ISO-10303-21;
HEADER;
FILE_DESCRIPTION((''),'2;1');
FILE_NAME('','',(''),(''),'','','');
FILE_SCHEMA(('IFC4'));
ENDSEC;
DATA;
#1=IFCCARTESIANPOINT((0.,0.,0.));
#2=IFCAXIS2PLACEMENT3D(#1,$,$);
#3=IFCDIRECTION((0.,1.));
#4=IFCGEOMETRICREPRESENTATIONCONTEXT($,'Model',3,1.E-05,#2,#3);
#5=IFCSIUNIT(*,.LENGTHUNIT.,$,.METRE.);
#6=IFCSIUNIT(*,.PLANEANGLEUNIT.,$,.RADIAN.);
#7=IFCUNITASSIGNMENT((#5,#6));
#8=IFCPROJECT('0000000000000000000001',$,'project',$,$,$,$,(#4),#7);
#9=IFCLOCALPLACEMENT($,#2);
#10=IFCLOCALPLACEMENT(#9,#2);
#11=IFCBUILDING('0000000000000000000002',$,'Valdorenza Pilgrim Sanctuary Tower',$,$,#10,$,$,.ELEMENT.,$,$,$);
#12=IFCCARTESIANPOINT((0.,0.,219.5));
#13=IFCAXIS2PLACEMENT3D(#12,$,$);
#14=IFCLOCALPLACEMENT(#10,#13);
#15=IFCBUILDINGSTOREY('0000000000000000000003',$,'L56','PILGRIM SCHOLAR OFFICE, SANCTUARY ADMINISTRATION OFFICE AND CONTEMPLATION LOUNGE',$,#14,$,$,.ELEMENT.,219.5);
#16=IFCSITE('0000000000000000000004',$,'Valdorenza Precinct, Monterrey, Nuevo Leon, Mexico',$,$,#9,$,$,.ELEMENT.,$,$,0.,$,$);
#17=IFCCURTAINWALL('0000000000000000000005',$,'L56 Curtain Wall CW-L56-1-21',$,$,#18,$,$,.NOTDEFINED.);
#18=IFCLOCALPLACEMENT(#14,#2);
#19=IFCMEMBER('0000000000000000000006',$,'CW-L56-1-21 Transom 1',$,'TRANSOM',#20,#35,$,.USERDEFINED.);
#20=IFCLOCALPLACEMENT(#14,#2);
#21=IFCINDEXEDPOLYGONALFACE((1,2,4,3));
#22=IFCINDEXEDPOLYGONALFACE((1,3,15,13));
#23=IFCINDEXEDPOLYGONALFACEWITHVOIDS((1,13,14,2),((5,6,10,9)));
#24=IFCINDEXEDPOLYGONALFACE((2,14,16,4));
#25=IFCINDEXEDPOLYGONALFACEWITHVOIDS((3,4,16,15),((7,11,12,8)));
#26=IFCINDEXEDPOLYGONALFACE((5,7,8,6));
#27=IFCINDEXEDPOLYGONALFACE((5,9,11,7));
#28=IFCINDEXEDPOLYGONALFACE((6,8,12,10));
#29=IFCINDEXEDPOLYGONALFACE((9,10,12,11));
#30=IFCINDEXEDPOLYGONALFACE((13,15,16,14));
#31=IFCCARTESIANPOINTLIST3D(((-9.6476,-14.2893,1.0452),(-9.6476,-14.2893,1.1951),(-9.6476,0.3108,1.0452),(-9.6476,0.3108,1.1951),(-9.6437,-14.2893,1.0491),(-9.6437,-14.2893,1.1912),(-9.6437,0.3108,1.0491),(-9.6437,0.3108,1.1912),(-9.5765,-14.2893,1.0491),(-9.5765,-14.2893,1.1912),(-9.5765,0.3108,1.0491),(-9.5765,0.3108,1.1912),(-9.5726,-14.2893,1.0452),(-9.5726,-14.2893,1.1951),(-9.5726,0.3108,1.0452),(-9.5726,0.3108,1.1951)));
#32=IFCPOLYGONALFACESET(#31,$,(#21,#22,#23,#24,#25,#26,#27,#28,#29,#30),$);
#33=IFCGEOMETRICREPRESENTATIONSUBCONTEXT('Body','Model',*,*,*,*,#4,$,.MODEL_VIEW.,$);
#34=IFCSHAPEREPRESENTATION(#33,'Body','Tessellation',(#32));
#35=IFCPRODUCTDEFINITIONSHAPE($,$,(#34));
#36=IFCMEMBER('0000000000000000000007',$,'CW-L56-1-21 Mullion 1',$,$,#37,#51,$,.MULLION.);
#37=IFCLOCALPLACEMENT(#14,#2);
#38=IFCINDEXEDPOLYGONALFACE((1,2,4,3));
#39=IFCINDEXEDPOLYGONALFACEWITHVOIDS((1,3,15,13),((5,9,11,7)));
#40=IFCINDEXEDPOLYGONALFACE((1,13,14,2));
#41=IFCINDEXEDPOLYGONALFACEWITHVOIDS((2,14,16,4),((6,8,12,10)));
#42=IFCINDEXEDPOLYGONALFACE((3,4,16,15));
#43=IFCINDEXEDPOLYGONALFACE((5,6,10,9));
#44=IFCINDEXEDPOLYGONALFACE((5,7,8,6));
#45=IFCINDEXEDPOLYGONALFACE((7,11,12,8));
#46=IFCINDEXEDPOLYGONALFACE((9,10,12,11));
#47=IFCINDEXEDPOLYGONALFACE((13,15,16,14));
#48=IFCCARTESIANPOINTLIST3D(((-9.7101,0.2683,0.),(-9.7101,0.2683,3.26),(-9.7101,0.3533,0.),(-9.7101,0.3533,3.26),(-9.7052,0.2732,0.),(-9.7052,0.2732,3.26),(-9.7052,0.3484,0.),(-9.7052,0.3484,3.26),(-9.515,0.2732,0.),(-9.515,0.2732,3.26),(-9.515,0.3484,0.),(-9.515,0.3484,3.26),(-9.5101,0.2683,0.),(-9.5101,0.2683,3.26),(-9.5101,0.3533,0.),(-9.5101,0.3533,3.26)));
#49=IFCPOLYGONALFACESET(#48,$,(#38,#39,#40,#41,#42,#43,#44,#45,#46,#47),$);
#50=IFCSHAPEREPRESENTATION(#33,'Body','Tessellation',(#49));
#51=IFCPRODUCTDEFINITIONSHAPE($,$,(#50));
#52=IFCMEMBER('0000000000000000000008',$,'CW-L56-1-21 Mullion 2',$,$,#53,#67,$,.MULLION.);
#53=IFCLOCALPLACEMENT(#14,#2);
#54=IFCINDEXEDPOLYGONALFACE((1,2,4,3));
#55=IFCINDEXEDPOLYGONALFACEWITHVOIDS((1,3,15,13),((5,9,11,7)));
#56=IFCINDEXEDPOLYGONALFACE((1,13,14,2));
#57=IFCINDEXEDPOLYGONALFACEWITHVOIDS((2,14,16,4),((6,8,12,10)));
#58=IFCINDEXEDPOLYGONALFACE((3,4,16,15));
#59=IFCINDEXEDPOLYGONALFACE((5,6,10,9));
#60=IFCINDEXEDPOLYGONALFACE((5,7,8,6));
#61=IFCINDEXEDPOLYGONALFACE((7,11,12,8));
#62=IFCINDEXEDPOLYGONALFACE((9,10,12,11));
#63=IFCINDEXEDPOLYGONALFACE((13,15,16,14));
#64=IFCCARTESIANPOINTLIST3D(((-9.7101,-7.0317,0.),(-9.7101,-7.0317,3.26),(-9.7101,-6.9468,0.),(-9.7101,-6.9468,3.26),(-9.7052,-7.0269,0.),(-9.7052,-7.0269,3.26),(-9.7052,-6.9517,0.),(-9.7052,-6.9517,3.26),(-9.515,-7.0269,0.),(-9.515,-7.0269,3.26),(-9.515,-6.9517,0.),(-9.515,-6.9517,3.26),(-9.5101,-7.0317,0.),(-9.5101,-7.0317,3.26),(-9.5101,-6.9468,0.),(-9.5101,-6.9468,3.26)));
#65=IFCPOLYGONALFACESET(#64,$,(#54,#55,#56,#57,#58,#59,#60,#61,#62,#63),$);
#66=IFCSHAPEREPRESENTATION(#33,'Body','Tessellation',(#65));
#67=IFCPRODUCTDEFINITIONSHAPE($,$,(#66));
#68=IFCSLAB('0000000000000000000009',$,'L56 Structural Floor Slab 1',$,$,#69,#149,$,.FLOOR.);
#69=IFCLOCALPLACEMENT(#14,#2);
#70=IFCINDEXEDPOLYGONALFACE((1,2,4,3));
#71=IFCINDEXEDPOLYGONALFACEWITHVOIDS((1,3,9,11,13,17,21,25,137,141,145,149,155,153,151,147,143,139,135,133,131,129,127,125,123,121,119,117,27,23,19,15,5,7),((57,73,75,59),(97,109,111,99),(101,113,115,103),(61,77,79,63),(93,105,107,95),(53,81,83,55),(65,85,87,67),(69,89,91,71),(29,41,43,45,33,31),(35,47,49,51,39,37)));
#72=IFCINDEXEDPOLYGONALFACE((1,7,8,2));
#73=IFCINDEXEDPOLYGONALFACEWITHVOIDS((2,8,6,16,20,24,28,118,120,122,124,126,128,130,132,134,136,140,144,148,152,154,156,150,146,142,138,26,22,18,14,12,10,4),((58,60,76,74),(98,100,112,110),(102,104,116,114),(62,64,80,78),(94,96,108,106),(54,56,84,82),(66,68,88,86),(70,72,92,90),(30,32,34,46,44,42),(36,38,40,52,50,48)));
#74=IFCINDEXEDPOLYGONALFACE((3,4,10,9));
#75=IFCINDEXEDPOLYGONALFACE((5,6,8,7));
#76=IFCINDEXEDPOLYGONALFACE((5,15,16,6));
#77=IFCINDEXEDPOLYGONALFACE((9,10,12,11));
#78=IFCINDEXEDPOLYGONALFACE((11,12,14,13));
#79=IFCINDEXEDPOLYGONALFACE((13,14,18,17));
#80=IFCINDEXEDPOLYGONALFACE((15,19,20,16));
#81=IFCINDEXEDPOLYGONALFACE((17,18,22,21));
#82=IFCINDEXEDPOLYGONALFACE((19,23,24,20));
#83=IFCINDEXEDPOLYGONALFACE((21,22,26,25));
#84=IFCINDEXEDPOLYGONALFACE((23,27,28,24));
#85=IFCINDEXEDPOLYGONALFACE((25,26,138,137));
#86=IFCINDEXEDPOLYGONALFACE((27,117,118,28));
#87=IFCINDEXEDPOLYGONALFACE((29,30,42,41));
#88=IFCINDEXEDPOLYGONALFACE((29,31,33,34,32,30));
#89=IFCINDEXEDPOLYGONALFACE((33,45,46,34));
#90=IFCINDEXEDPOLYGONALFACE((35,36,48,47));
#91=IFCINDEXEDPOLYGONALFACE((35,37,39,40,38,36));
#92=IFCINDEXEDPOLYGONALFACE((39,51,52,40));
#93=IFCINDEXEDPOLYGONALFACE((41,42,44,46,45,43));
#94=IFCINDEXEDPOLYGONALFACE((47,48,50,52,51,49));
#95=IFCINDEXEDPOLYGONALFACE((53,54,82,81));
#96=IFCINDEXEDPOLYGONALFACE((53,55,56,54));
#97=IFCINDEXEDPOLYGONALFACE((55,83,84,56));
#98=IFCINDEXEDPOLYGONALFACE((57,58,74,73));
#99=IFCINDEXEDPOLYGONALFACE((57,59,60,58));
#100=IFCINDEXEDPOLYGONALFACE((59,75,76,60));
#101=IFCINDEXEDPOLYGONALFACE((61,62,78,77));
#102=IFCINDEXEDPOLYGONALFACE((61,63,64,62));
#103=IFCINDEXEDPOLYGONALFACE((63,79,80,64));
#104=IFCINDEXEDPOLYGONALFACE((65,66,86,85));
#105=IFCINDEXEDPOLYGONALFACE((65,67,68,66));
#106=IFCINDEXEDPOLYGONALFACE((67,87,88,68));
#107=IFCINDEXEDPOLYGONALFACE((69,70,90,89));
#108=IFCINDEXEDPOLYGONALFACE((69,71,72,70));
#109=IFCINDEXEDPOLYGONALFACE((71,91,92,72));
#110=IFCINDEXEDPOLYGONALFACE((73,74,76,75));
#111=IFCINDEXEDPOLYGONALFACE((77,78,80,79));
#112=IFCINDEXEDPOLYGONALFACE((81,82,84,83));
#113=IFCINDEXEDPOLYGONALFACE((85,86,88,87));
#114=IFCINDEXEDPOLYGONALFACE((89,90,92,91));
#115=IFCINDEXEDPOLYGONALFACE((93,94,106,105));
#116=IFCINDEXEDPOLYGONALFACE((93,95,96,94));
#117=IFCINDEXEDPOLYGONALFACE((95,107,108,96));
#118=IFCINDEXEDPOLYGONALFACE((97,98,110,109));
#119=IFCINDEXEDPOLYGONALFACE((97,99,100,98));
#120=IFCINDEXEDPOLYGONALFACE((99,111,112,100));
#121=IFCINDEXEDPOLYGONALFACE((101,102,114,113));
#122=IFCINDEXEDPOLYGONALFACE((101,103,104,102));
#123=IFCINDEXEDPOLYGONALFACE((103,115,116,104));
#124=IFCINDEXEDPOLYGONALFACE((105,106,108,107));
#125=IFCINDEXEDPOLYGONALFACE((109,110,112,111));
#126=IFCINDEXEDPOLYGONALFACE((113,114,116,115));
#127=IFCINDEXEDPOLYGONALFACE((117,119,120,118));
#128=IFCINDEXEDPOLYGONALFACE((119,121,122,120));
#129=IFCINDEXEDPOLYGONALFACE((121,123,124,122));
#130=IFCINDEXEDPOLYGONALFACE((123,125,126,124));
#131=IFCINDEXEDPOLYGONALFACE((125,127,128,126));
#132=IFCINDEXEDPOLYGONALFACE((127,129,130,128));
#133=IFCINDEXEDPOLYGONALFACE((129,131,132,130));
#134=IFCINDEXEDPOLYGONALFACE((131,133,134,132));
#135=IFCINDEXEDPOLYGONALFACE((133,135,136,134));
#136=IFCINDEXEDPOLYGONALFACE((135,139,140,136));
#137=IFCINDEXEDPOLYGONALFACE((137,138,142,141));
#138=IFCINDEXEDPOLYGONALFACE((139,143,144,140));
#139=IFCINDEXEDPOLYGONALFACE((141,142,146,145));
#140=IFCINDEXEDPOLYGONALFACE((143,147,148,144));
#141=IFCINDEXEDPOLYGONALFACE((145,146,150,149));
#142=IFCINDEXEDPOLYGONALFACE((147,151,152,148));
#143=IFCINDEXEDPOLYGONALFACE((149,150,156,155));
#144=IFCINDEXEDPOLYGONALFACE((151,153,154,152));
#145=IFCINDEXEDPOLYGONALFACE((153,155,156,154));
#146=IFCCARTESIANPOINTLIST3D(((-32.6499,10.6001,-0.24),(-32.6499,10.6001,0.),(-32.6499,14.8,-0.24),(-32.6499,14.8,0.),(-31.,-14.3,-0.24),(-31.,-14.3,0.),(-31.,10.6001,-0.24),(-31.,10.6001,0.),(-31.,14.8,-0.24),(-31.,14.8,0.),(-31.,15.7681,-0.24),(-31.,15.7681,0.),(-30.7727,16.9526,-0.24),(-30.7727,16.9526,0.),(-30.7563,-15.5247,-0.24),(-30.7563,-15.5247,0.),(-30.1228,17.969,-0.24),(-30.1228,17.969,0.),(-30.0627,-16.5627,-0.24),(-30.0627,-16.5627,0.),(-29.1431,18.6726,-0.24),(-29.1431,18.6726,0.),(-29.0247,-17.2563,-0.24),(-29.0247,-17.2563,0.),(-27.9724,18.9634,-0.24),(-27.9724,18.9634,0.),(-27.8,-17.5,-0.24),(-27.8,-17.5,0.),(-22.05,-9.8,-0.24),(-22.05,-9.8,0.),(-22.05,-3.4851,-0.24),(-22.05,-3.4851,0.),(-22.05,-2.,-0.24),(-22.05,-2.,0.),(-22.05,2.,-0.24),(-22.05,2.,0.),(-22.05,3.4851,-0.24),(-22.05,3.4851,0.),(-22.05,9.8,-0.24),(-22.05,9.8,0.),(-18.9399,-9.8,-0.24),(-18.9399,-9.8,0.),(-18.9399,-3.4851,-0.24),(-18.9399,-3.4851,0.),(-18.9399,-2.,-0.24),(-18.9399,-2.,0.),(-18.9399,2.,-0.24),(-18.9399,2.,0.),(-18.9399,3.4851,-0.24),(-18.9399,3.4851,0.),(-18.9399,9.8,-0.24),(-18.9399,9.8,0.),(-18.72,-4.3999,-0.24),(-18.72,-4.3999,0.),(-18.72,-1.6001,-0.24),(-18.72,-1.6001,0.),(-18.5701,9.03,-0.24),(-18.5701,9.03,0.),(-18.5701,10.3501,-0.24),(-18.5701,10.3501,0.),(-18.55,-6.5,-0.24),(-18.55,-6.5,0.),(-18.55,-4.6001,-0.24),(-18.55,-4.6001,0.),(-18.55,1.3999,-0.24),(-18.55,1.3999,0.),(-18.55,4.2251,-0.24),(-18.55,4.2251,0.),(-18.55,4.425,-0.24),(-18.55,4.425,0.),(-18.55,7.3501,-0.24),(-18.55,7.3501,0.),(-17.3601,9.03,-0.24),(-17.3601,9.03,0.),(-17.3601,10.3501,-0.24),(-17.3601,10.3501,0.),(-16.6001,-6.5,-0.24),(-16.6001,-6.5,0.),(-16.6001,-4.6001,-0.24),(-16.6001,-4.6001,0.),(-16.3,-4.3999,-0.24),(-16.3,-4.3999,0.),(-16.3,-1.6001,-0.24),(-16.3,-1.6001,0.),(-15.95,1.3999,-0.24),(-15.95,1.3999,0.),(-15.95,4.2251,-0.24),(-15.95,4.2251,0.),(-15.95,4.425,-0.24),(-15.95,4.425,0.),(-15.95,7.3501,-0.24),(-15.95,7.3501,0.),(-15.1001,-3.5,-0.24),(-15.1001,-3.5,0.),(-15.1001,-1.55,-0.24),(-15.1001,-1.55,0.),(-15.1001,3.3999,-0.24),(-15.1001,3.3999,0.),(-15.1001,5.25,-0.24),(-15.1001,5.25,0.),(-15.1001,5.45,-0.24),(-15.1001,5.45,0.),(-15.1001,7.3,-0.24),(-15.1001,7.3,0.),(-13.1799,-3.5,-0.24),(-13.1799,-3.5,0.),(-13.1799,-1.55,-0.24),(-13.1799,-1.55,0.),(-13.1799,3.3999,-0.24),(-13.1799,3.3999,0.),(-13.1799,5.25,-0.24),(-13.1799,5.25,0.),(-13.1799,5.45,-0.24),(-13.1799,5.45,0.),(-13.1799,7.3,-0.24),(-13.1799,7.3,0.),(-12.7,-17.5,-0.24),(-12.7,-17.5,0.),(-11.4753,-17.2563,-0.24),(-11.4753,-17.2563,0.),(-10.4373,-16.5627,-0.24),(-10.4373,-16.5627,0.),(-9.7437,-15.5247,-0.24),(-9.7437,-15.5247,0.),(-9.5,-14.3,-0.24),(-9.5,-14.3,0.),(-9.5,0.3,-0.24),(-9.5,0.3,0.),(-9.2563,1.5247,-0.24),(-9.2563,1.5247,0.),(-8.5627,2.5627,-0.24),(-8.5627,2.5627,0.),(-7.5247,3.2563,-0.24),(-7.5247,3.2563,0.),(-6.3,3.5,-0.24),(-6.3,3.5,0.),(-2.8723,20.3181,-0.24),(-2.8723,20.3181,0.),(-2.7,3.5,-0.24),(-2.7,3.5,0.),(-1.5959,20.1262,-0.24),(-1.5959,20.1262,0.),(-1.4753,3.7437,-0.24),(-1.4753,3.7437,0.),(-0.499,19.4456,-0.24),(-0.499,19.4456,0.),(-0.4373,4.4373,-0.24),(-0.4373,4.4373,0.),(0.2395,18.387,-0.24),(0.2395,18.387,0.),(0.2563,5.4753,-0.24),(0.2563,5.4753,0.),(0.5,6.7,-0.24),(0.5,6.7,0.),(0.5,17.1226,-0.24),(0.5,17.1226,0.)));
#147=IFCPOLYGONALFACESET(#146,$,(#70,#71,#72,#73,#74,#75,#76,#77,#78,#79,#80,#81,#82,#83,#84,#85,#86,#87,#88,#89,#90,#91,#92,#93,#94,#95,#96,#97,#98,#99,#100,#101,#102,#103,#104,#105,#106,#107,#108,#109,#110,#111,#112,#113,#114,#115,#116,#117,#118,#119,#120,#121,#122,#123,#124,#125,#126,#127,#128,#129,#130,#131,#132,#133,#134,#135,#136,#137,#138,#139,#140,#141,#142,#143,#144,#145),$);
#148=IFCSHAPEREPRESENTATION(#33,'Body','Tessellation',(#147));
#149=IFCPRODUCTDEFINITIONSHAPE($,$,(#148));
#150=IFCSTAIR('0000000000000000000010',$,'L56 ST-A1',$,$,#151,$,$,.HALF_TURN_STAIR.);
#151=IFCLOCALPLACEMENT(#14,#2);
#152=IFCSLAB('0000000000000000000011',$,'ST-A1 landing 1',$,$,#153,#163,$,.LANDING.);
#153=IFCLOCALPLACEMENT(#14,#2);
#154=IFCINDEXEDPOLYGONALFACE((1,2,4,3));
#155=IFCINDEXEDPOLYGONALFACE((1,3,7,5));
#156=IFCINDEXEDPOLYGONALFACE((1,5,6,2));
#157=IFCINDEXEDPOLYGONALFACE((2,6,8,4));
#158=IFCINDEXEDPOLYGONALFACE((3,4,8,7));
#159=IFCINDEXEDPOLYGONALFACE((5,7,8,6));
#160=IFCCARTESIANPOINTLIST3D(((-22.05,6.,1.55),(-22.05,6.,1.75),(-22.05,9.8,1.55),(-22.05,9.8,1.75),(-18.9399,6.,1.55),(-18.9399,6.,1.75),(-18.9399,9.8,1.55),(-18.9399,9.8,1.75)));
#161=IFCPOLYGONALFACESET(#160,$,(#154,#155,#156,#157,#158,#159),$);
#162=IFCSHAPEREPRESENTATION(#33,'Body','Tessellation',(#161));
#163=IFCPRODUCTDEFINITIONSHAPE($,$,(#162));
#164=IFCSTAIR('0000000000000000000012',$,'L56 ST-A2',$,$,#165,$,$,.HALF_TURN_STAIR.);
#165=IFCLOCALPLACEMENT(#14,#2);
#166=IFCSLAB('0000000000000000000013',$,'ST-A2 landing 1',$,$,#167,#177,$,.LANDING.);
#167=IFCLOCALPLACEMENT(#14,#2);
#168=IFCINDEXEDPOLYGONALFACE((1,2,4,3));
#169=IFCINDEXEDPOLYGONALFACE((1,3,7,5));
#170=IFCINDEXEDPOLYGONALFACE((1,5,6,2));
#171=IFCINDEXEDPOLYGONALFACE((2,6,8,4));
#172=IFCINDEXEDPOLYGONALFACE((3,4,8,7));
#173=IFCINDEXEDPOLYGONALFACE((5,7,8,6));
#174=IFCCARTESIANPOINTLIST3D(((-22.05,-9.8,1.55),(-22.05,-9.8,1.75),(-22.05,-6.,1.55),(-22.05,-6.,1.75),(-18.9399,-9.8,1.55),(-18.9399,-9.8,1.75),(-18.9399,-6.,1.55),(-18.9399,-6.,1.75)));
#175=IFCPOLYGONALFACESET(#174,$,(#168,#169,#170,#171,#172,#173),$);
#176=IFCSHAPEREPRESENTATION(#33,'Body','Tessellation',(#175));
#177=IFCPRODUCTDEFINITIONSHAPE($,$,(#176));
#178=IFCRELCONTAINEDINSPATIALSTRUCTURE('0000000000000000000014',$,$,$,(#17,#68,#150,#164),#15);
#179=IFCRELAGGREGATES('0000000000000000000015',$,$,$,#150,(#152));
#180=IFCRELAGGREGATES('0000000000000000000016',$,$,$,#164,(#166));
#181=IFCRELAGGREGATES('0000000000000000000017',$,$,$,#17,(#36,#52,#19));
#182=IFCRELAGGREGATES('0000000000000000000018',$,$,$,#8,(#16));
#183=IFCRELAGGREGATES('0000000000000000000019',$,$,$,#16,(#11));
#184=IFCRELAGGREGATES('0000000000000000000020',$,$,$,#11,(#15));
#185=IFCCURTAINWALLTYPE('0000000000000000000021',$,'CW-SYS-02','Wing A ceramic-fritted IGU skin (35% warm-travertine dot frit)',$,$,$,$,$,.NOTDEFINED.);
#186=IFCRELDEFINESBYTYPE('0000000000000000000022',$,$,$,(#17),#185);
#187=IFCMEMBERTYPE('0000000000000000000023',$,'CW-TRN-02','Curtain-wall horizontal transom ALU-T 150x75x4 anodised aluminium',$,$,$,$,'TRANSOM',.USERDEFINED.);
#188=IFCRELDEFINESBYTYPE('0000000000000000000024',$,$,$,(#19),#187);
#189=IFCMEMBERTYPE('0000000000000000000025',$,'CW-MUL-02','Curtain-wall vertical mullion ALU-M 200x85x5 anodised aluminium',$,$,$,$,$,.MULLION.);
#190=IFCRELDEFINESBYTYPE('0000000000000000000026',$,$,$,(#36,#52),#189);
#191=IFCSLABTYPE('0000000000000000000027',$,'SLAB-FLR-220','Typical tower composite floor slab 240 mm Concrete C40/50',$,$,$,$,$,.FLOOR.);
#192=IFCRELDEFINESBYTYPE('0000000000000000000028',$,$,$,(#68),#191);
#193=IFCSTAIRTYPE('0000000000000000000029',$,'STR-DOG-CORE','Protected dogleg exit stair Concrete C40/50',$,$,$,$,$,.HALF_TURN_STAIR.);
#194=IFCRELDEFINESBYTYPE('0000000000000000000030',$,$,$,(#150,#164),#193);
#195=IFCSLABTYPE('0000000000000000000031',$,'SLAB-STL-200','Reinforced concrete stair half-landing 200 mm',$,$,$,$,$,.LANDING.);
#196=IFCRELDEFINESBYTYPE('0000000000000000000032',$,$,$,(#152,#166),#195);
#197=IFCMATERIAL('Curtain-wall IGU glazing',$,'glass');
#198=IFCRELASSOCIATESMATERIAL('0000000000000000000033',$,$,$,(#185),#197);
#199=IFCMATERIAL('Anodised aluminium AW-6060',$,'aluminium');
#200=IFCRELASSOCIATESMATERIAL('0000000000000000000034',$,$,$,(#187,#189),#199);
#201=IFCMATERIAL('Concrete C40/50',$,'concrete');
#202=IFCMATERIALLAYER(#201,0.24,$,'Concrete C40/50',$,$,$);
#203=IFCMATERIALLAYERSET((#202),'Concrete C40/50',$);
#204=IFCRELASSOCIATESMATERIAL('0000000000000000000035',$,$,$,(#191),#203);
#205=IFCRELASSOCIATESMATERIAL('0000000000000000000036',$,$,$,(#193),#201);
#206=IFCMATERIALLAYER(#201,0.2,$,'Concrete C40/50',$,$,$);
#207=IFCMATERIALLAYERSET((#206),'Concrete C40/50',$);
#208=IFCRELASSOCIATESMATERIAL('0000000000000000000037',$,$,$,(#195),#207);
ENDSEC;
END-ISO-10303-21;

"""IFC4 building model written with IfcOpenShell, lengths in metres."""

from ifc_helpers import new_model, si_unit, direction, frame, origin, origin_2d, place, context, subcontext, project, spatial, polyline, hollow_rectangle, outline, extrude, source, transform, mapped, material, layer, layer_set, material_profile, profile_set, type_object, element, aggregate, save


model = new_model("IFC4")

# Units and contexts
model_context = context("Model", 3, precision=1e-05, world=origin(), true_north=direction((0.0, 1.0)))
body_context = subcontext(model_context, "Body", "Model", "MODEL_VIEW")
ifc_project = project(units=[si_unit("LENGTHUNIT", "METRE"), si_unit("PLANEANGLEUNIT", "RADIAN")], contexts=[model_context])

# Site, building, storey
site_placement = place(None, origin())
site = spatial("IfcSite", under=ifc_project, at=site_placement, Name="Valdorenza Precinct, Monterrey, Nuevo Leon, Mexico", CompositionType="ELEMENT", RefElevation=0.0)
building_placement = place(site_placement, origin())
building = spatial("IfcBuilding", under=site, at=building_placement, Name="Valdorenza Pilgrim Sanctuary Tower", CompositionType="ELEMENT")
storey_placement = place(building_placement, frame((0.0, 0.0, 219.5)))
storey = spatial("IfcBuildingStorey", under=building, at=storey_placement, Name="L56", Description="PILGRIM SCHOLAR OFFICE, SANCTUARY ADMINISTRATION OFFICE AND CONTEMPLATION LOUNGE", CompositionType="ELEMENT", Elevation=219.5)

# Curtain wall, members
ifc_material_1 = material(Name="Curtain-wall IGU glazing", Category="glass")
curtain_wall_type = type_object("IfcCurtainWallType", Name="CW-SYS-02", Description="Wing A ceramic-fritted IGU skin (35% warm-travertine dot frit)", PredefinedType="NOTDEFINED", material=ifc_material_1)
curtain_wall_placement = place(storey_placement, origin())
curtain_wall = element("IfcCurtainWall", 1, at=curtain_wall_placement, inside=storey, type_object=curtain_wall_type, Name="L56 Curtain Wall CW-L56-1-21", PredefinedType="NOTDEFINED")
ifc_material_2 = material(Name="Anodised aluminium AW-6060", Category="aluminium")
ifc_material_profile_1 = material_profile(ifc_material_2, hollow_rectangle(XDim=0.075, YDim=0.1499, WallThickness=0.0039, at=origin_2d()), Name="ALU-T 150x75x4")
ifc_profile_set_1 = profile_set([ifc_material_profile_1], Name="Anodised aluminium AW-6060")
member_type_1 = type_object("IfcMemberType", Name="CW-TRN-02", Description="Curtain-wall horizontal transom ALU-T 150x75x4 anodised aluminium", ElementType="TRANSOM", PredefinedType="USERDEFINED", material=ifc_profile_set_1)
shared_shape_1 = source(origin(), body_context, "Body", "SweptSolid", [
    extrude(hollow_rectangle(XDim=0.075, YDim=0.1499, WallThickness=0.0039, at=origin_2d()), origin(), (0.0, 0.0, 1.0), 14.6001),
])
member_1_placement = place(storey_placement, frame((-9.6101, 0.3108, 1.1201), z_axis=(0.0, -1.0, 0.0), x_axis=(1.0, 0.0, 0.0)))
member_1 = element("IfcMember", 2, at=member_1_placement, type_object=member_type_1, Name="CW-L56-1-21 Transom 1", ObjectType="TRANSOM", PredefinedType="USERDEFINED", context=body_context, shape_type="MappedRepresentation", body=[
    mapped(shared_shape_1, transform((0.0, 0.0, 0.0), x_axis=(1.0, 0.0, 0.0), y_axis=(0.0, 1.0, 0.0), z_axis=(0.0, 0.0, 1.0), scale=1.0)),
])
ifc_material_profile_2 = material_profile(ifc_material_2, hollow_rectangle(XDim=0.085, YDim=0.2, WallThickness=0.0049, at=origin_2d()), Name="ALU-M 200x85x5")
ifc_profile_set_2 = profile_set([ifc_material_profile_2], Name="Anodised aluminium AW-6060")
member_type_2 = type_object("IfcMemberType", Name="CW-MUL-02", Description="Curtain-wall vertical mullion ALU-M 200x85x5 anodised aluminium", PredefinedType="MULLION", material=ifc_profile_set_2)
shared_shape_2 = source(origin(), body_context, "Body", "SweptSolid", [
    extrude(hollow_rectangle(XDim=0.085, YDim=0.2, WallThickness=0.0049, at=origin_2d()), origin(), (0.0, 0.0, 1.0), 3.26),
])
member_2_placement = place(storey_placement, frame((-9.6101, 0.3108, 0.0), z_axis=(0.0, 0.0, 1.0), x_axis=(0.0, -1.0, 0.0)))
member_2 = element("IfcMember", 3, at=member_2_placement, type_object=member_type_2, Name="CW-L56-1-21 Mullion 1", PredefinedType="MULLION", context=body_context, shape_type="MappedRepresentation", body=[
    mapped(shared_shape_2, transform((0.0, 0.0, 0.0), x_axis=(1.0, 0.0, 0.0), y_axis=(0.0, 1.0, 0.0), z_axis=(0.0, 0.0, 1.0), scale=1.0)),
])
member_3_placement = place(storey_placement, frame((-9.6101, -6.9893, 0.0), z_axis=(0.0, 0.0, 1.0), x_axis=(0.0, -1.0, 0.0)))
member_3 = element("IfcMember", 4, at=member_3_placement, type_object=member_type_2, Name="CW-L56-1-21 Mullion 2", PredefinedType="MULLION", context=body_context, shape_type="MappedRepresentation", body=[
    mapped(shared_shape_2, transform((0.0, 0.0, 0.0), x_axis=(1.0, 0.0, 0.0), y_axis=(0.0, 1.0, 0.0), z_axis=(0.0, 0.0, 1.0), scale=1.0)),
])

# Slab
ifc_material_3 = material(Name="Concrete C40/50", Category="concrete")
ifc_layer_1 = layer(ifc_material_3, 0.24, Name="Concrete C40/50")
ifc_layer_set_1 = layer_set([ifc_layer_1], Name="Concrete C40/50")
slab_type_1 = type_object("IfcSlabType", Name="SLAB-FLR-220", Description="Typical tower composite floor slab 240 mm Concrete C40/50", PredefinedType="FLOOR", material=ifc_layer_set_1)
slab_1_placement = place(storey_placement, frame((0.0, 0.0, -0.24)))
element("IfcSlab", 5, at=slab_1_placement, inside=storey, type_object=slab_type_1, Name="L56 Structural Floor Slab 1", PredefinedType="FLOOR", context=body_context, shape_type="SweptSolid", body=[
    extrude(outline(polyline([(-30.7727, 16.9526), (-30.1228, 17.969), (-29.1431, 18.6726), (-27.9724, 18.9634), (-2.8723, 20.3181), (-1.5959, 20.1262), (-0.499, 19.4456), (0.2395, 18.387), (0.5, 17.1226), (0.5, 6.7), (0.2563, 5.4753), (-0.4373, 4.4373), (-1.4753, 3.7437), (-2.7, 3.5), (-6.3, 3.5), (-7.5247, 3.2563), (-8.5627, 2.5627), (-9.2563, 1.5247), (-9.5, 0.3), (-9.5, -14.3), (-9.7437, -15.5247), (-10.4373, -16.5627), (-11.4753, -17.2563), (-12.7, -17.5), (-27.8, -17.5), (-29.0247, -17.2563), (-30.0627, -16.5627), (-30.7563, -15.5247), (-31.0, -14.3), (-31.0, 10.6001), (-32.6499, 10.6001), (-32.6499, 14.8), (-31.0, 14.8), (-31.0, 15.7681), (-30.7727, 16.9526)]), holes=[polyline([(-22.05, -9.8), (-18.9399, -9.8), (-18.9399, -3.4851), (-18.9399, -2.0), (-22.05, -2.0), (-22.05, -3.4851), (-22.05, -9.8)]), polyline([(-16.6001, -6.5), (-16.6001, -4.6001), (-18.55, -4.6001), (-18.55, -6.5), (-16.6001, -6.5)]), polyline([(-22.05, 2.0), (-18.9399, 2.0), (-18.9399, 3.4851), (-18.9399, 9.8), (-22.05, 9.8), (-22.05, 3.4851), (-22.05, 2.0)]), polyline([(-17.3601, 9.03), (-17.3601, 10.3501), (-18.5701, 10.3501), (-18.5701, 9.03), (-17.3601, 9.03)]), polyline([(-16.3, -1.6001), (-18.72, -1.6001), (-18.72, -4.3999), (-16.3, -4.3999), (-16.3, -1.6001)]), polyline([(-13.1799, -3.5), (-13.1799, -1.55), (-15.1001, -1.55), (-15.1001, -3.5), (-13.1799, -3.5)]), polyline([(-15.95, 1.3999), (-15.95, 4.2251), (-18.55, 4.2251), (-18.55, 1.3999), (-15.95, 1.3999)]), polyline([(-13.1799, 5.25), (-15.1001, 5.25), (-15.1001, 3.3999), (-13.1799, 3.3999), (-13.1799, 5.25)]), polyline([(-15.95, 4.425), (-15.95, 7.3501), (-18.55, 7.3501), (-18.55, 4.425), (-15.95, 4.425)]), polyline([(-13.1799, 5.45), (-13.1799, 7.3), (-15.1001, 7.3), (-15.1001, 5.45), (-13.1799, 5.45)])]), origin(), (0.0, 0.0, 1.0), 0.24),
])

# Stairs, slabs
stair_type = type_object("IfcStairType", Name="STR-DOG-CORE", Description="Protected dogleg exit stair Concrete C40/50", PredefinedType="HALF_TURN_STAIR", material=ifc_material_3)
stair_1_placement = place(storey_placement, origin())
stair_1 = element("IfcStair", 6, at=stair_1_placement, inside=storey, type_object=stair_type, Name="L56 ST-A1", PredefinedType="HALF_TURN_STAIR")
ifc_layer_2 = layer(ifc_material_3, 0.2, Name="Concrete C40/50")
ifc_layer_set_2 = layer_set([ifc_layer_2], Name="Concrete C40/50")
slab_type_2 = type_object("IfcSlabType", Name="SLAB-STL-200", Description="Reinforced concrete stair half-landing 200 mm", PredefinedType="LANDING", material=ifc_layer_set_2)
slab_2_placement = place(storey_placement, frame((0.0, 0.0, 1.55)))
slab_2 = element("IfcSlab", 7, at=slab_2_placement, type_object=slab_type_2, Name="ST-A1 landing 1", PredefinedType="LANDING", context=body_context, shape_type="SweptSolid", body=[
    extrude(outline(polyline([(-18.9399, 6.0), (-18.9399, 9.8), (-22.05, 9.8), (-22.05, 6.0), (-18.9399, 6.0)])), origin(), (0.0, 0.0, 1.0), 0.2),
])
aggregate(stair_1, [slab_2])
stair_2_placement = place(storey_placement, origin())
stair_2 = element("IfcStair", 8, at=stair_2_placement, inside=storey, type_object=stair_type, Name="L56 ST-A2", PredefinedType="HALF_TURN_STAIR")
slab_3_placement = place(storey_placement, frame((0.0, 0.0, 1.55)))
slab_3 = element("IfcSlab", 9, at=slab_3_placement, type_object=slab_type_2, Name="ST-A2 landing 1", PredefinedType="LANDING", context=body_context, shape_type="SweptSolid", body=[
    extrude(outline(polyline([(-22.05, -6.0), (-22.05, -9.8), (-18.9399, -9.8), (-18.9399, -6.0), (-22.05, -6.0)])), origin(), (0.0, 0.0, 1.0), 0.2),
])
aggregate(stair_2, [slab_3])

aggregate(curtain_wall, [member_2, member_3, member_1])

save(model, "model.ifc")
